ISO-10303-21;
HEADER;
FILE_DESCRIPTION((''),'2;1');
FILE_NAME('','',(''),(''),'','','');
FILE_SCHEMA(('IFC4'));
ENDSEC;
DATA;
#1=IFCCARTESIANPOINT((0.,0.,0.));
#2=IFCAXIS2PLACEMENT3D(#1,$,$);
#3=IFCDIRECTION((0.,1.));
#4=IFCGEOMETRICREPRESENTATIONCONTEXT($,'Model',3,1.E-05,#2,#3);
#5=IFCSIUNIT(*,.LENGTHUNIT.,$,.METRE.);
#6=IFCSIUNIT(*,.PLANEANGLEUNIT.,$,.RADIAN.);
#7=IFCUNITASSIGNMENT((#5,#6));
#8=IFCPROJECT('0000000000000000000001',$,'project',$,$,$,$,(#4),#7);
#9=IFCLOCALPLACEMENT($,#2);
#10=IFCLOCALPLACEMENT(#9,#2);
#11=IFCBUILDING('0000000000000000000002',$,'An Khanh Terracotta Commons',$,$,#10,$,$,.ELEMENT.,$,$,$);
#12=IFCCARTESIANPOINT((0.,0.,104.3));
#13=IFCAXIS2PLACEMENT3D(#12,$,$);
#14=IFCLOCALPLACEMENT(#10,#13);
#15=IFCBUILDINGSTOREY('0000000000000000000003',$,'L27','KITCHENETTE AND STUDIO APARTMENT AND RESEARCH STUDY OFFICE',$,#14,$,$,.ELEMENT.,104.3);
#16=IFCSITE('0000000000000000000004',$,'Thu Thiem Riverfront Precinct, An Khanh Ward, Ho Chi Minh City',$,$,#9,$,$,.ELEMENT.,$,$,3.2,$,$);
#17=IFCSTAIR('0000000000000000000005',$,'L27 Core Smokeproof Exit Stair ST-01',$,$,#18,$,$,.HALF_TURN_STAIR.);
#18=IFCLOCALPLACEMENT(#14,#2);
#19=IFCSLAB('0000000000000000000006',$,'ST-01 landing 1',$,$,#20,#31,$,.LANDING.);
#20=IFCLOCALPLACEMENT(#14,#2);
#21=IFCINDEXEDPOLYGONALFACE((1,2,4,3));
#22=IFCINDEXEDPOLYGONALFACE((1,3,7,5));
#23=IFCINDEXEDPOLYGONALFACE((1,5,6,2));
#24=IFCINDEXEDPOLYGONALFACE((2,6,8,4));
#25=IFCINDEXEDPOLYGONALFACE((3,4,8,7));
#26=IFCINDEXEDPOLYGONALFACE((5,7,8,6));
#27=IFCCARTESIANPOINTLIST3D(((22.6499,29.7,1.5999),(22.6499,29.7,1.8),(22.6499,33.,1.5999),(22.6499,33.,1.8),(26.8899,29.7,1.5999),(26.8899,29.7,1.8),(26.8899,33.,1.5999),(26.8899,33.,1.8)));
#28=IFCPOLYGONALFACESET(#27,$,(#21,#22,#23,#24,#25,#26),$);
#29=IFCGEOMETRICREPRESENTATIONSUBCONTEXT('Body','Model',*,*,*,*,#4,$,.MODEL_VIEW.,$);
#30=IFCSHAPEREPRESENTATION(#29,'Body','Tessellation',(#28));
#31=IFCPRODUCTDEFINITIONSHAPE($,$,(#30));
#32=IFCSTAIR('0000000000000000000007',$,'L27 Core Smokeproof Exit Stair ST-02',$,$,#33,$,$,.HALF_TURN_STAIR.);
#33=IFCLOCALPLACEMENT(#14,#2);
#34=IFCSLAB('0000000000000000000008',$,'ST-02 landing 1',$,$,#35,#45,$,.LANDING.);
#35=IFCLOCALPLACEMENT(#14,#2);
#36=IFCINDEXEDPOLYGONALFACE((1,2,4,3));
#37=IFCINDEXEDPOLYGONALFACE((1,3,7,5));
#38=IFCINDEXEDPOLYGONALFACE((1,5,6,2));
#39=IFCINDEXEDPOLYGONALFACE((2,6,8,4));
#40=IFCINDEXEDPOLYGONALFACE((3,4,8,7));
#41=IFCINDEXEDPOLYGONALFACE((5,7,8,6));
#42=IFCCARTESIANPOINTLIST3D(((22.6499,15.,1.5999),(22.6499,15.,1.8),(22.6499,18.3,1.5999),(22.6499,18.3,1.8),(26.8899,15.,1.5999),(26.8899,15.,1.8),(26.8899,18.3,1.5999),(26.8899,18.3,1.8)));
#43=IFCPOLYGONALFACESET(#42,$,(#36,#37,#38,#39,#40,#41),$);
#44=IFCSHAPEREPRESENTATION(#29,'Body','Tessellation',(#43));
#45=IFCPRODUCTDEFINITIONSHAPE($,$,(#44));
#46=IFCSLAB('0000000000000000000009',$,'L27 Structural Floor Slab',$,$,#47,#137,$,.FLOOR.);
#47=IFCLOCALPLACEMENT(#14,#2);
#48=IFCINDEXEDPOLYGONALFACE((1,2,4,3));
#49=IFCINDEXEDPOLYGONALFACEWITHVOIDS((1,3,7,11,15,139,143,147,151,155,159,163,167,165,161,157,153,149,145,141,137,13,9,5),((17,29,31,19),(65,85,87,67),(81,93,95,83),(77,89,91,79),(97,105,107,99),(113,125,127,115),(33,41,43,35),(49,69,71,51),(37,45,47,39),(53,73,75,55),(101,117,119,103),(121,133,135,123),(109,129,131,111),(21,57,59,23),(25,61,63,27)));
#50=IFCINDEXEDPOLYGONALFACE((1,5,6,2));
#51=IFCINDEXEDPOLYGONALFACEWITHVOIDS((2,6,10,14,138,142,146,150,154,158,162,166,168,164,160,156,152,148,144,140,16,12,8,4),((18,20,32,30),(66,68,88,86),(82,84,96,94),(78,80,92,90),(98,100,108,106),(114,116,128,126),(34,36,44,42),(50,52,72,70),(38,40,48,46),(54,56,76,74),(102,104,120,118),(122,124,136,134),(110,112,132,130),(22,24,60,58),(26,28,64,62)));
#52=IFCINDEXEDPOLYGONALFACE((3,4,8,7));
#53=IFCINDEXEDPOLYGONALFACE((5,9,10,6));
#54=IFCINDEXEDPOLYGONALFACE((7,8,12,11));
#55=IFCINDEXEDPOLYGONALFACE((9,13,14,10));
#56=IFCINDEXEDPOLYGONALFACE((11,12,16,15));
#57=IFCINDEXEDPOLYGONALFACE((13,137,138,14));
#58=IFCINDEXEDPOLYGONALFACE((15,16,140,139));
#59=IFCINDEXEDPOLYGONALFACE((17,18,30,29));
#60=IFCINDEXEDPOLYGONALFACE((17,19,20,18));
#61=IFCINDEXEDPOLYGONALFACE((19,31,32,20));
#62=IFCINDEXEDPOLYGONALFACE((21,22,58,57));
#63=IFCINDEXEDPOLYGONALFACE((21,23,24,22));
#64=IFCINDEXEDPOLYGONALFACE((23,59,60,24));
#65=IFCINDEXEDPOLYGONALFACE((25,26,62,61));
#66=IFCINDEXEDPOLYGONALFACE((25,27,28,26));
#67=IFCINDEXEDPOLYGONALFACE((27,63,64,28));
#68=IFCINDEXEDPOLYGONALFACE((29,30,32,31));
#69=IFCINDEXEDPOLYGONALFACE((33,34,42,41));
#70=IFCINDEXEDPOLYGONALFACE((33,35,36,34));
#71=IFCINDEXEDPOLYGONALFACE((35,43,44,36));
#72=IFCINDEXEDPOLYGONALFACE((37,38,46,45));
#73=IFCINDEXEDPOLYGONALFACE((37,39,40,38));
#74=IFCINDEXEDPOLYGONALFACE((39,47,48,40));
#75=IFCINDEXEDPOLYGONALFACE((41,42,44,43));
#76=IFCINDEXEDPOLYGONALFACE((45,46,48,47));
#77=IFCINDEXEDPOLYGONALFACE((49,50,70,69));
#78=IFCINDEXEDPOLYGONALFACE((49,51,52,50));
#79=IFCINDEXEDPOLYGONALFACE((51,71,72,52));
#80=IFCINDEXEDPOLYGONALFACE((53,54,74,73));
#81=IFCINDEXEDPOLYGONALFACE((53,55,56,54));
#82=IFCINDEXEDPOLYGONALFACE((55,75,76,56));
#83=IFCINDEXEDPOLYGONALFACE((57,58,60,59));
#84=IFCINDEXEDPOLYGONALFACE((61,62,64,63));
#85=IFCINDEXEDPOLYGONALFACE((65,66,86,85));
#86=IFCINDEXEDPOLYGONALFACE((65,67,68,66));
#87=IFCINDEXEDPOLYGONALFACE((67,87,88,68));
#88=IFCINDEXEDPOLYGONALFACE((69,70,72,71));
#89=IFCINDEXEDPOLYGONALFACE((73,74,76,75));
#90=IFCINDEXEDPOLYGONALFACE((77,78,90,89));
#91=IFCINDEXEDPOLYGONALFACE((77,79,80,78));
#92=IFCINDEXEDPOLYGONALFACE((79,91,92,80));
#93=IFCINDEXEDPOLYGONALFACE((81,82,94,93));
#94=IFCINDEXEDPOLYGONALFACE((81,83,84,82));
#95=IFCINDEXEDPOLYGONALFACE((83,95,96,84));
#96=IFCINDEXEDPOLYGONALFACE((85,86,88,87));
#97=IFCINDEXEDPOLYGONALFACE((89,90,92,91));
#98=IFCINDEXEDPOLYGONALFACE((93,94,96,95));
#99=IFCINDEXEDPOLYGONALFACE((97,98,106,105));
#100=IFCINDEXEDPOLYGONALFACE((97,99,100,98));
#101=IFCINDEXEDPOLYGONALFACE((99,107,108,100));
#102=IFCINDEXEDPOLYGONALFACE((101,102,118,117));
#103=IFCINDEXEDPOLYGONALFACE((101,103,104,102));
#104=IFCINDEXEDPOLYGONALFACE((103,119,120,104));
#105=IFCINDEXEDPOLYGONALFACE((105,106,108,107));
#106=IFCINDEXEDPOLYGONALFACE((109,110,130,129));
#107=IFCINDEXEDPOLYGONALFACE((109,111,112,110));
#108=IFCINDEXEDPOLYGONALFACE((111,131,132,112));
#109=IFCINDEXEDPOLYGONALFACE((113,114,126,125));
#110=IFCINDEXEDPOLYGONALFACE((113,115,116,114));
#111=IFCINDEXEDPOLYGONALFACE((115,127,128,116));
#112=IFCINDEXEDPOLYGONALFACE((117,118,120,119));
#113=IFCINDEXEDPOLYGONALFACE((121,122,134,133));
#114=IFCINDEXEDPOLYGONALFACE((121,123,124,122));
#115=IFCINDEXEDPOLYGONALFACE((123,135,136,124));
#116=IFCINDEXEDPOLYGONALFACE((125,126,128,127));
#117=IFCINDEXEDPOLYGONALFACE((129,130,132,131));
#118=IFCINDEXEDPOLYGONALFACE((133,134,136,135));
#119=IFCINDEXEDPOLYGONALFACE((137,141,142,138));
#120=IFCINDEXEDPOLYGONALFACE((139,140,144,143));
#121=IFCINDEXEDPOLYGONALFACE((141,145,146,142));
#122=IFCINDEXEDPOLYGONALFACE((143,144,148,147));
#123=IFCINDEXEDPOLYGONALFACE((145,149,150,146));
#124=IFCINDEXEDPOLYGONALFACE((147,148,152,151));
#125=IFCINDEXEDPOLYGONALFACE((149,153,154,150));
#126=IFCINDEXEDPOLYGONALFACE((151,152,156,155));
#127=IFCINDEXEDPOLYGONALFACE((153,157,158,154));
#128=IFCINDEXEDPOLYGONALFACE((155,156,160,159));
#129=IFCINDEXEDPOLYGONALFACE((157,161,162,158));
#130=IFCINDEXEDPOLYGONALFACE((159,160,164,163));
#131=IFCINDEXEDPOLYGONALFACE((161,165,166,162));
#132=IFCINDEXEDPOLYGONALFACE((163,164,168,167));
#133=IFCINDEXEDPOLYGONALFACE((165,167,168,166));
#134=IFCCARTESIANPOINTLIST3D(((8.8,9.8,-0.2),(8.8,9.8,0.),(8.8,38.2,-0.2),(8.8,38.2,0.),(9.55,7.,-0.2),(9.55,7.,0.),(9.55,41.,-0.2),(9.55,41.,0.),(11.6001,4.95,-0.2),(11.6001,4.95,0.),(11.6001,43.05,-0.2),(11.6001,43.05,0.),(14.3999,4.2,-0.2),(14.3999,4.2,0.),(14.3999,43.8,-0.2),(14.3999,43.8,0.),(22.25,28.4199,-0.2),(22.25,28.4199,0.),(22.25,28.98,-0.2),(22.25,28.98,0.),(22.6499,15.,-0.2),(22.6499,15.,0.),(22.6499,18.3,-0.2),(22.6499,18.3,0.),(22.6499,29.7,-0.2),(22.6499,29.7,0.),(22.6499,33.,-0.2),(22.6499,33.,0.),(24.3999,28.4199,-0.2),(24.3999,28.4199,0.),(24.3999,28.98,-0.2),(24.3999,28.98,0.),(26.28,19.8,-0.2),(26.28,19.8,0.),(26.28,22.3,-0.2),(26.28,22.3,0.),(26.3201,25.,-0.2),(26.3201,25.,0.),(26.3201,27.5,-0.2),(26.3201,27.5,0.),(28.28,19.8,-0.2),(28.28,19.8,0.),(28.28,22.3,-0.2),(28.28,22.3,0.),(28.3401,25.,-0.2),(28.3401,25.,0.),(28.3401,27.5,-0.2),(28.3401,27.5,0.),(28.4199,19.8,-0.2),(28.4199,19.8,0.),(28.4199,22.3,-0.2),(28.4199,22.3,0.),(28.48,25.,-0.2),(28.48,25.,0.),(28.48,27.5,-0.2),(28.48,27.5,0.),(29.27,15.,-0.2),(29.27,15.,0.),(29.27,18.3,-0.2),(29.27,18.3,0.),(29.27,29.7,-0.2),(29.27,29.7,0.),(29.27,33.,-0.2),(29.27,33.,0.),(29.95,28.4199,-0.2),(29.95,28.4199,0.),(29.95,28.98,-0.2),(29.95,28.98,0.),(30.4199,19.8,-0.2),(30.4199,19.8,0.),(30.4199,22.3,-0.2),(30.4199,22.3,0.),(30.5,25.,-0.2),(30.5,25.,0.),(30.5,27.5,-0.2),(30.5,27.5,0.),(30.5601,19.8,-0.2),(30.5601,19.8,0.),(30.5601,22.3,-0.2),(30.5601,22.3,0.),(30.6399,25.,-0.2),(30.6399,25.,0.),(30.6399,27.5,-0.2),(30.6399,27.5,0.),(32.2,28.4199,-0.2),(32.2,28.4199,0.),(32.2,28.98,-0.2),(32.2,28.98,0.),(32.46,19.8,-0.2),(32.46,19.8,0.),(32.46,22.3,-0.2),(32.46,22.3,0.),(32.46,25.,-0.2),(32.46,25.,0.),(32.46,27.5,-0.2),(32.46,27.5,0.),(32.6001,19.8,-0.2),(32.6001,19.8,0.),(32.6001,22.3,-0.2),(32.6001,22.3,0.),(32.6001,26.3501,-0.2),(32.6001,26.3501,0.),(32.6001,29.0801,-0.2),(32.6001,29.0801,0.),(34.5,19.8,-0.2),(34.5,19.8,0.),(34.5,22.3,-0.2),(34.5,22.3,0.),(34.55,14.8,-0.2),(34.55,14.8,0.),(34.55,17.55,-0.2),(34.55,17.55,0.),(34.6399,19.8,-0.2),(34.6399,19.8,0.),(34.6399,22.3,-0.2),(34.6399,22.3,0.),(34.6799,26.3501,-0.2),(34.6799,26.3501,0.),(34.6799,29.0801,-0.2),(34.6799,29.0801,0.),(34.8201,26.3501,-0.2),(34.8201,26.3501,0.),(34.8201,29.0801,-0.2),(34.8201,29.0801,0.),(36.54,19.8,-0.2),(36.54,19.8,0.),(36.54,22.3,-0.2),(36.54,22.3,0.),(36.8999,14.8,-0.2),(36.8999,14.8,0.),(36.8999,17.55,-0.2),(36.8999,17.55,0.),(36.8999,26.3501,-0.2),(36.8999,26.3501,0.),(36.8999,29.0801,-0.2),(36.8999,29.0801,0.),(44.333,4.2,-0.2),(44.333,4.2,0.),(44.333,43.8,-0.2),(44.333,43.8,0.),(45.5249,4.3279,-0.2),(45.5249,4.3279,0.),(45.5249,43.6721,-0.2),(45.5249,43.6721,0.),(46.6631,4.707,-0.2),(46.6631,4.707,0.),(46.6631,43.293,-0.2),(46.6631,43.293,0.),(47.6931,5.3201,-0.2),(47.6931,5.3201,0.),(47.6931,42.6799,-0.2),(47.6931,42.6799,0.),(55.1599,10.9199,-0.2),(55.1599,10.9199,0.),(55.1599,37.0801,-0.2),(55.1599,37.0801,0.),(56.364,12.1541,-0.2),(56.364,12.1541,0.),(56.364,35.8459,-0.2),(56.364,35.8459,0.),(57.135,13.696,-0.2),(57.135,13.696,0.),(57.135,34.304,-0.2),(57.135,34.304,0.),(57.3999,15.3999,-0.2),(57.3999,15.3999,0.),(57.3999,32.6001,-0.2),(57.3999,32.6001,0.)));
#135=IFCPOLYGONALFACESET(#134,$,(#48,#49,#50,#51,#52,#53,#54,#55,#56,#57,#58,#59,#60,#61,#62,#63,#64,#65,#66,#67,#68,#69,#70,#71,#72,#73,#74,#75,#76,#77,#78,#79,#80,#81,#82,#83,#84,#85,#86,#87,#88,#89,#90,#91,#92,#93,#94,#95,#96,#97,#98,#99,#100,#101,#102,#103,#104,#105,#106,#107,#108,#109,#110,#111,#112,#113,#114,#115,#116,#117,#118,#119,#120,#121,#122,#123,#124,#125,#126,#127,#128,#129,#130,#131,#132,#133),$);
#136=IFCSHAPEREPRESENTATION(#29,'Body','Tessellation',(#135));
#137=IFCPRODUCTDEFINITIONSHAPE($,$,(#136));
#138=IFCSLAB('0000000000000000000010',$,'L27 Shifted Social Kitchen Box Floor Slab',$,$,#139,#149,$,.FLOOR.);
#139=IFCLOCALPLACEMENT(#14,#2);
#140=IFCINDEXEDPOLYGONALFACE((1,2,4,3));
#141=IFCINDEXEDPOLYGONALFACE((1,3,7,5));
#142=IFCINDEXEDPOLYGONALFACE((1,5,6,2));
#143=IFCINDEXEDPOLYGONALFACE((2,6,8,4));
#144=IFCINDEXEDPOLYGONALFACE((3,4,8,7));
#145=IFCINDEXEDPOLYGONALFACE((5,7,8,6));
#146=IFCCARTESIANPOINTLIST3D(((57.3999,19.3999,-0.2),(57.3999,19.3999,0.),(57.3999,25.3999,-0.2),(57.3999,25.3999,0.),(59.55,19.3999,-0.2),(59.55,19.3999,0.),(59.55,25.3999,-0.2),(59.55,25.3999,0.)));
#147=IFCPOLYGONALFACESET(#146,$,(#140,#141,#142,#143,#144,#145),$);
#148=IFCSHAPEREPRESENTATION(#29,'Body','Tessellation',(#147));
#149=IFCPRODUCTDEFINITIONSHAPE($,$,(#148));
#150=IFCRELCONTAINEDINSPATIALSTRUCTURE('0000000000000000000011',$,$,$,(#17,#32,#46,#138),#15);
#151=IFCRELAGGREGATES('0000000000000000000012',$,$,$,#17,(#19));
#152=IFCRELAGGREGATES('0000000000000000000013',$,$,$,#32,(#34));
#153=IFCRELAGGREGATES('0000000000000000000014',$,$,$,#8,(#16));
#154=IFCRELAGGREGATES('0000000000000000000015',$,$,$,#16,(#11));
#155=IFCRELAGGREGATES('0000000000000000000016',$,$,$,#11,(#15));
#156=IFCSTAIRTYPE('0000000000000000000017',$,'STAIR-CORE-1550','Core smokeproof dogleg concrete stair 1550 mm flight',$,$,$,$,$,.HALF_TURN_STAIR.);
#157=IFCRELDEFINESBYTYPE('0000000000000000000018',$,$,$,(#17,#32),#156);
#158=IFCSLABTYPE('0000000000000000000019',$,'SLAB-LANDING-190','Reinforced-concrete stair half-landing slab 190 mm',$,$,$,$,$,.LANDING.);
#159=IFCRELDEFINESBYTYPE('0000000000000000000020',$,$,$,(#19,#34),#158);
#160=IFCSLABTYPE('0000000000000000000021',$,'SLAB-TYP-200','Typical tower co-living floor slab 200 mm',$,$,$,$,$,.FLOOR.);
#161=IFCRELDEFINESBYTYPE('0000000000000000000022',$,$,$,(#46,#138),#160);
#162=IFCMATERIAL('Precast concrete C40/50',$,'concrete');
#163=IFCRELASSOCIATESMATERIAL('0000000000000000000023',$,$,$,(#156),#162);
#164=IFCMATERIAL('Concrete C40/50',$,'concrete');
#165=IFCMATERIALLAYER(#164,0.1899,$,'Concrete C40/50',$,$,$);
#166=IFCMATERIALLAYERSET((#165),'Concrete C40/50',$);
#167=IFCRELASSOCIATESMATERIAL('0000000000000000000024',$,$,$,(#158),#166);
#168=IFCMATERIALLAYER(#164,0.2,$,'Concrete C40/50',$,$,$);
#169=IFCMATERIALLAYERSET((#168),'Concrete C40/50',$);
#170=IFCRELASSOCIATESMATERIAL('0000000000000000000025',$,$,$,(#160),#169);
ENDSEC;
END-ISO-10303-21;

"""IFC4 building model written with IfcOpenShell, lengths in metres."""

from ifc_helpers import new_model, si_unit, direction, frame, origin, place, context, subcontext, project, spatial, polyline, outline, extrude, material, layer, layer_set, type_object, element, aggregate, save


model = new_model("IFC4")

# Units and contexts
model_context = context("Model", 3, precision=1e-05, world=origin(), true_north=direction((0.0, 1.0)))
body_context = subcontext(model_context, "Body", "Model", "MODEL_VIEW")
ifc_project = project(units=[si_unit("LENGTHUNIT", "METRE"), si_unit("PLANEANGLEUNIT", "RADIAN")], contexts=[model_context])

# Site, building, storey
site_placement = place(None, origin())
site = spatial("IfcSite", under=ifc_project, at=site_placement, Name="Thu Thiem Riverfront Precinct, An Khanh Ward, Ho Chi Minh City", CompositionType="ELEMENT", RefElevation=3.2)
building_placement = place(site_placement, origin())
building = spatial("IfcBuilding", under=site, at=building_placement, Name="An Khanh Terracotta Commons", CompositionType="ELEMENT")
storey_placement = place(building_placement, frame((0.0, 0.0, 104.3)))
storey = spatial("IfcBuildingStorey", under=building, at=storey_placement, Name="L27", Description="KITCHENETTE AND STUDIO APARTMENT AND RESEARCH STUDY OFFICE", CompositionType="ELEMENT", Elevation=104.3)

# Shared definitions
ifc_material_1 = material(Name="Concrete C40/50", Category="concrete")

# Stairs, slabs
ifc_material_2 = material(Name="Precast concrete C40/50", Category="concrete")
stair_type = type_object("IfcStairType", Name="STAIR-CORE-1550", Description="Core smokeproof dogleg concrete stair 1550 mm flight", PredefinedType="HALF_TURN_STAIR", material=ifc_material_2)
stair_1_placement = place(storey_placement, origin())
stair_1 = element("IfcStair", 1, at=stair_1_placement, inside=storey, type_object=stair_type, Name="L27 Core Smokeproof Exit Stair ST-01", PredefinedType="HALF_TURN_STAIR")
ifc_layer_1 = layer(ifc_material_1, 0.1899, Name="Concrete C40/50")
ifc_layer_set_1 = layer_set([ifc_layer_1], Name="Concrete C40/50")
slab_type_1 = type_object("IfcSlabType", Name="SLAB-LANDING-190", Description="Reinforced-concrete stair half-landing slab 190 mm", PredefinedType="LANDING", material=ifc_layer_set_1)
slab_1_placement = place(storey_placement, frame((0.0, 0.0, 1.5999)))
slab_1 = element("IfcSlab", 2, at=slab_1_placement, type_object=slab_type_1, Name="ST-01 landing 1", PredefinedType="LANDING", context=body_context, shape_type="SweptSolid", body=[
    extrude(outline(polyline([(26.8899, 33.0), (22.6499, 33.0), (22.6499, 29.7), (26.8899, 29.7), (26.8899, 33.0)])), origin(), (0.0, 0.0, 1.0), 0.2002),
])
aggregate(stair_1, [slab_1])
stair_2_placement = place(storey_placement, origin())
stair_2 = element("IfcStair", 3, at=stair_2_placement, inside=storey, type_object=stair_type, Name="L27 Core Smokeproof Exit Stair ST-02", PredefinedType="HALF_TURN_STAIR")
slab_2_placement = place(storey_placement, frame((0.0, 0.0, 1.5999)))
slab_2 = element("IfcSlab", 4, at=slab_2_placement, type_object=slab_type_1, Name="ST-02 landing 1", PredefinedType="LANDING", context=body_context, shape_type="SweptSolid", body=[
    extrude(outline(polyline([(26.8899, 18.3), (22.6499, 18.3), (22.6499, 15.0), (26.8899, 15.0), (26.8899, 18.3)])), origin(), (0.0, 0.0, 1.0), 0.2002),
])
aggregate(stair_2, [slab_2])

# Slabs
ifc_layer_2 = layer(ifc_material_1, 0.2, Name="Concrete C40/50")
ifc_layer_set_2 = layer_set([ifc_layer_2], Name="Concrete C40/50")
slab_type_2 = type_object("IfcSlabType", Name="SLAB-TYP-200", Description="Typical tower co-living floor slab 200 mm", PredefinedType="FLOOR", material=ifc_layer_set_2)
slab_3_placement = place(storey_placement, frame((0.0, 0.0, -0.2)))
element("IfcSlab", 5, at=slab_3_placement, inside=storey, type_object=slab_type_2, Name="L27 Structural Floor Slab", PredefinedType="FLOOR", context=body_context, shape_type="SweptSolid", body=[
    extrude(outline(polyline([(8.8, 9.8), (9.55, 7.0), (11.6001, 4.95), (14.3999, 4.2), (44.333, 4.2), (45.5249, 4.3279), (46.6631, 4.707), (47.6931, 5.3201), (55.1599, 10.9199), (56.364, 12.1541), (57.135, 13.696), (57.3999, 15.3999), (57.3999, 32.6001), (57.135, 34.304), (56.364, 35.8459), (55.1599, 37.0801), (47.6931, 42.6799), (46.6631, 43.293), (45.5249, 43.6721), (44.333, 43.8), (14.3999, 43.8), (11.6001, 43.05), (9.55, 41.0), (8.8, 38.2), (8.8, 9.8)]), holes=[polyline([(22.6499, 29.7), (29.27, 29.7), (29.27, 33.0), (22.6499, 33.0), (22.6499, 29.7)]), polyline([(22.6499, 15.0), (29.27, 15.0), (29.27, 18.3), (22.6499, 18.3), (22.6499, 15.0)]), polyline([(32.6001, 26.3501), (34.6799, 26.3501), (34.6799, 29.0801), (32.6001, 29.0801), (32.6001, 26.3501)]), polyline([(34.8201, 26.3501), (36.8999, 26.3501), (36.8999, 29.0801), (34.8201, 29.0801), (34.8201, 26.3501)]), polyline([(34.55, 14.8), (36.8999, 14.8), (36.8999, 17.55), (34.55, 17.55), (34.55, 14.8)]), polyline([(26.3201, 25.0), (28.3401, 25.0), (28.3401, 27.5), (26.3201, 27.5), (26.3201, 25.0)]), polyline([(28.48, 25.0), (30.5, 25.0), (30.5, 27.5), (28.48, 27.5), (28.48, 25.0)]), polyline([(26.28, 19.8), (28.28, 19.8), (28.28, 22.3), (26.28, 22.3), (26.28, 19.8)]), polyline([(28.4199, 19.8), (30.4199, 19.8), (30.4199, 22.3), (28.4199, 22.3), (28.4199, 19.8)]), polyline([(30.6399, 25.0), (32.46, 25.0), (32.46, 27.5), (30.6399, 27.5), (30.6399, 25.0)]), polyline([(30.5601, 19.8), (32.46, 19.8), (32.46, 22.3), (30.5601, 22.3), (30.5601, 19.8)]), polyline([(32.6001, 19.8), (34.5, 19.8), (34.5, 22.3), (32.6001, 22.3), (32.6001, 19.8)]), polyline([(34.6399, 19.8), (36.54, 19.8), (36.54, 22.3), (34.6399, 22.3), (34.6399, 19.8)]), polyline([(22.25, 28.4199), (24.3999, 28.4199), (24.3999, 28.98), (22.25, 28.98), (22.25, 28.4199)]), polyline([(29.95, 28.4199), (32.2, 28.4199), (32.2, 28.98), (29.95, 28.98), (29.95, 28.4199)])]), origin(), (0.0, 0.0, 1.0), 0.2),
])
slab_4_placement = place(storey_placement, frame((0.0, 0.0, -0.2)))
element("IfcSlab", 6, at=slab_4_placement, inside=storey, type_object=slab_type_2, Name="L27 Shifted Social Kitchen Box Floor Slab", PredefinedType="FLOOR", context=body_context, shape_type="SweptSolid", body=[
    extrude(outline(polyline([(57.3999, 19.3999), (59.55, 19.3999), (59.55, 25.3999), (57.3999, 25.3999), (57.3999, 19.3999)])), origin(), (0.0, 0.0, 1.0), 0.2),
])

save(model, "model.ifc")
